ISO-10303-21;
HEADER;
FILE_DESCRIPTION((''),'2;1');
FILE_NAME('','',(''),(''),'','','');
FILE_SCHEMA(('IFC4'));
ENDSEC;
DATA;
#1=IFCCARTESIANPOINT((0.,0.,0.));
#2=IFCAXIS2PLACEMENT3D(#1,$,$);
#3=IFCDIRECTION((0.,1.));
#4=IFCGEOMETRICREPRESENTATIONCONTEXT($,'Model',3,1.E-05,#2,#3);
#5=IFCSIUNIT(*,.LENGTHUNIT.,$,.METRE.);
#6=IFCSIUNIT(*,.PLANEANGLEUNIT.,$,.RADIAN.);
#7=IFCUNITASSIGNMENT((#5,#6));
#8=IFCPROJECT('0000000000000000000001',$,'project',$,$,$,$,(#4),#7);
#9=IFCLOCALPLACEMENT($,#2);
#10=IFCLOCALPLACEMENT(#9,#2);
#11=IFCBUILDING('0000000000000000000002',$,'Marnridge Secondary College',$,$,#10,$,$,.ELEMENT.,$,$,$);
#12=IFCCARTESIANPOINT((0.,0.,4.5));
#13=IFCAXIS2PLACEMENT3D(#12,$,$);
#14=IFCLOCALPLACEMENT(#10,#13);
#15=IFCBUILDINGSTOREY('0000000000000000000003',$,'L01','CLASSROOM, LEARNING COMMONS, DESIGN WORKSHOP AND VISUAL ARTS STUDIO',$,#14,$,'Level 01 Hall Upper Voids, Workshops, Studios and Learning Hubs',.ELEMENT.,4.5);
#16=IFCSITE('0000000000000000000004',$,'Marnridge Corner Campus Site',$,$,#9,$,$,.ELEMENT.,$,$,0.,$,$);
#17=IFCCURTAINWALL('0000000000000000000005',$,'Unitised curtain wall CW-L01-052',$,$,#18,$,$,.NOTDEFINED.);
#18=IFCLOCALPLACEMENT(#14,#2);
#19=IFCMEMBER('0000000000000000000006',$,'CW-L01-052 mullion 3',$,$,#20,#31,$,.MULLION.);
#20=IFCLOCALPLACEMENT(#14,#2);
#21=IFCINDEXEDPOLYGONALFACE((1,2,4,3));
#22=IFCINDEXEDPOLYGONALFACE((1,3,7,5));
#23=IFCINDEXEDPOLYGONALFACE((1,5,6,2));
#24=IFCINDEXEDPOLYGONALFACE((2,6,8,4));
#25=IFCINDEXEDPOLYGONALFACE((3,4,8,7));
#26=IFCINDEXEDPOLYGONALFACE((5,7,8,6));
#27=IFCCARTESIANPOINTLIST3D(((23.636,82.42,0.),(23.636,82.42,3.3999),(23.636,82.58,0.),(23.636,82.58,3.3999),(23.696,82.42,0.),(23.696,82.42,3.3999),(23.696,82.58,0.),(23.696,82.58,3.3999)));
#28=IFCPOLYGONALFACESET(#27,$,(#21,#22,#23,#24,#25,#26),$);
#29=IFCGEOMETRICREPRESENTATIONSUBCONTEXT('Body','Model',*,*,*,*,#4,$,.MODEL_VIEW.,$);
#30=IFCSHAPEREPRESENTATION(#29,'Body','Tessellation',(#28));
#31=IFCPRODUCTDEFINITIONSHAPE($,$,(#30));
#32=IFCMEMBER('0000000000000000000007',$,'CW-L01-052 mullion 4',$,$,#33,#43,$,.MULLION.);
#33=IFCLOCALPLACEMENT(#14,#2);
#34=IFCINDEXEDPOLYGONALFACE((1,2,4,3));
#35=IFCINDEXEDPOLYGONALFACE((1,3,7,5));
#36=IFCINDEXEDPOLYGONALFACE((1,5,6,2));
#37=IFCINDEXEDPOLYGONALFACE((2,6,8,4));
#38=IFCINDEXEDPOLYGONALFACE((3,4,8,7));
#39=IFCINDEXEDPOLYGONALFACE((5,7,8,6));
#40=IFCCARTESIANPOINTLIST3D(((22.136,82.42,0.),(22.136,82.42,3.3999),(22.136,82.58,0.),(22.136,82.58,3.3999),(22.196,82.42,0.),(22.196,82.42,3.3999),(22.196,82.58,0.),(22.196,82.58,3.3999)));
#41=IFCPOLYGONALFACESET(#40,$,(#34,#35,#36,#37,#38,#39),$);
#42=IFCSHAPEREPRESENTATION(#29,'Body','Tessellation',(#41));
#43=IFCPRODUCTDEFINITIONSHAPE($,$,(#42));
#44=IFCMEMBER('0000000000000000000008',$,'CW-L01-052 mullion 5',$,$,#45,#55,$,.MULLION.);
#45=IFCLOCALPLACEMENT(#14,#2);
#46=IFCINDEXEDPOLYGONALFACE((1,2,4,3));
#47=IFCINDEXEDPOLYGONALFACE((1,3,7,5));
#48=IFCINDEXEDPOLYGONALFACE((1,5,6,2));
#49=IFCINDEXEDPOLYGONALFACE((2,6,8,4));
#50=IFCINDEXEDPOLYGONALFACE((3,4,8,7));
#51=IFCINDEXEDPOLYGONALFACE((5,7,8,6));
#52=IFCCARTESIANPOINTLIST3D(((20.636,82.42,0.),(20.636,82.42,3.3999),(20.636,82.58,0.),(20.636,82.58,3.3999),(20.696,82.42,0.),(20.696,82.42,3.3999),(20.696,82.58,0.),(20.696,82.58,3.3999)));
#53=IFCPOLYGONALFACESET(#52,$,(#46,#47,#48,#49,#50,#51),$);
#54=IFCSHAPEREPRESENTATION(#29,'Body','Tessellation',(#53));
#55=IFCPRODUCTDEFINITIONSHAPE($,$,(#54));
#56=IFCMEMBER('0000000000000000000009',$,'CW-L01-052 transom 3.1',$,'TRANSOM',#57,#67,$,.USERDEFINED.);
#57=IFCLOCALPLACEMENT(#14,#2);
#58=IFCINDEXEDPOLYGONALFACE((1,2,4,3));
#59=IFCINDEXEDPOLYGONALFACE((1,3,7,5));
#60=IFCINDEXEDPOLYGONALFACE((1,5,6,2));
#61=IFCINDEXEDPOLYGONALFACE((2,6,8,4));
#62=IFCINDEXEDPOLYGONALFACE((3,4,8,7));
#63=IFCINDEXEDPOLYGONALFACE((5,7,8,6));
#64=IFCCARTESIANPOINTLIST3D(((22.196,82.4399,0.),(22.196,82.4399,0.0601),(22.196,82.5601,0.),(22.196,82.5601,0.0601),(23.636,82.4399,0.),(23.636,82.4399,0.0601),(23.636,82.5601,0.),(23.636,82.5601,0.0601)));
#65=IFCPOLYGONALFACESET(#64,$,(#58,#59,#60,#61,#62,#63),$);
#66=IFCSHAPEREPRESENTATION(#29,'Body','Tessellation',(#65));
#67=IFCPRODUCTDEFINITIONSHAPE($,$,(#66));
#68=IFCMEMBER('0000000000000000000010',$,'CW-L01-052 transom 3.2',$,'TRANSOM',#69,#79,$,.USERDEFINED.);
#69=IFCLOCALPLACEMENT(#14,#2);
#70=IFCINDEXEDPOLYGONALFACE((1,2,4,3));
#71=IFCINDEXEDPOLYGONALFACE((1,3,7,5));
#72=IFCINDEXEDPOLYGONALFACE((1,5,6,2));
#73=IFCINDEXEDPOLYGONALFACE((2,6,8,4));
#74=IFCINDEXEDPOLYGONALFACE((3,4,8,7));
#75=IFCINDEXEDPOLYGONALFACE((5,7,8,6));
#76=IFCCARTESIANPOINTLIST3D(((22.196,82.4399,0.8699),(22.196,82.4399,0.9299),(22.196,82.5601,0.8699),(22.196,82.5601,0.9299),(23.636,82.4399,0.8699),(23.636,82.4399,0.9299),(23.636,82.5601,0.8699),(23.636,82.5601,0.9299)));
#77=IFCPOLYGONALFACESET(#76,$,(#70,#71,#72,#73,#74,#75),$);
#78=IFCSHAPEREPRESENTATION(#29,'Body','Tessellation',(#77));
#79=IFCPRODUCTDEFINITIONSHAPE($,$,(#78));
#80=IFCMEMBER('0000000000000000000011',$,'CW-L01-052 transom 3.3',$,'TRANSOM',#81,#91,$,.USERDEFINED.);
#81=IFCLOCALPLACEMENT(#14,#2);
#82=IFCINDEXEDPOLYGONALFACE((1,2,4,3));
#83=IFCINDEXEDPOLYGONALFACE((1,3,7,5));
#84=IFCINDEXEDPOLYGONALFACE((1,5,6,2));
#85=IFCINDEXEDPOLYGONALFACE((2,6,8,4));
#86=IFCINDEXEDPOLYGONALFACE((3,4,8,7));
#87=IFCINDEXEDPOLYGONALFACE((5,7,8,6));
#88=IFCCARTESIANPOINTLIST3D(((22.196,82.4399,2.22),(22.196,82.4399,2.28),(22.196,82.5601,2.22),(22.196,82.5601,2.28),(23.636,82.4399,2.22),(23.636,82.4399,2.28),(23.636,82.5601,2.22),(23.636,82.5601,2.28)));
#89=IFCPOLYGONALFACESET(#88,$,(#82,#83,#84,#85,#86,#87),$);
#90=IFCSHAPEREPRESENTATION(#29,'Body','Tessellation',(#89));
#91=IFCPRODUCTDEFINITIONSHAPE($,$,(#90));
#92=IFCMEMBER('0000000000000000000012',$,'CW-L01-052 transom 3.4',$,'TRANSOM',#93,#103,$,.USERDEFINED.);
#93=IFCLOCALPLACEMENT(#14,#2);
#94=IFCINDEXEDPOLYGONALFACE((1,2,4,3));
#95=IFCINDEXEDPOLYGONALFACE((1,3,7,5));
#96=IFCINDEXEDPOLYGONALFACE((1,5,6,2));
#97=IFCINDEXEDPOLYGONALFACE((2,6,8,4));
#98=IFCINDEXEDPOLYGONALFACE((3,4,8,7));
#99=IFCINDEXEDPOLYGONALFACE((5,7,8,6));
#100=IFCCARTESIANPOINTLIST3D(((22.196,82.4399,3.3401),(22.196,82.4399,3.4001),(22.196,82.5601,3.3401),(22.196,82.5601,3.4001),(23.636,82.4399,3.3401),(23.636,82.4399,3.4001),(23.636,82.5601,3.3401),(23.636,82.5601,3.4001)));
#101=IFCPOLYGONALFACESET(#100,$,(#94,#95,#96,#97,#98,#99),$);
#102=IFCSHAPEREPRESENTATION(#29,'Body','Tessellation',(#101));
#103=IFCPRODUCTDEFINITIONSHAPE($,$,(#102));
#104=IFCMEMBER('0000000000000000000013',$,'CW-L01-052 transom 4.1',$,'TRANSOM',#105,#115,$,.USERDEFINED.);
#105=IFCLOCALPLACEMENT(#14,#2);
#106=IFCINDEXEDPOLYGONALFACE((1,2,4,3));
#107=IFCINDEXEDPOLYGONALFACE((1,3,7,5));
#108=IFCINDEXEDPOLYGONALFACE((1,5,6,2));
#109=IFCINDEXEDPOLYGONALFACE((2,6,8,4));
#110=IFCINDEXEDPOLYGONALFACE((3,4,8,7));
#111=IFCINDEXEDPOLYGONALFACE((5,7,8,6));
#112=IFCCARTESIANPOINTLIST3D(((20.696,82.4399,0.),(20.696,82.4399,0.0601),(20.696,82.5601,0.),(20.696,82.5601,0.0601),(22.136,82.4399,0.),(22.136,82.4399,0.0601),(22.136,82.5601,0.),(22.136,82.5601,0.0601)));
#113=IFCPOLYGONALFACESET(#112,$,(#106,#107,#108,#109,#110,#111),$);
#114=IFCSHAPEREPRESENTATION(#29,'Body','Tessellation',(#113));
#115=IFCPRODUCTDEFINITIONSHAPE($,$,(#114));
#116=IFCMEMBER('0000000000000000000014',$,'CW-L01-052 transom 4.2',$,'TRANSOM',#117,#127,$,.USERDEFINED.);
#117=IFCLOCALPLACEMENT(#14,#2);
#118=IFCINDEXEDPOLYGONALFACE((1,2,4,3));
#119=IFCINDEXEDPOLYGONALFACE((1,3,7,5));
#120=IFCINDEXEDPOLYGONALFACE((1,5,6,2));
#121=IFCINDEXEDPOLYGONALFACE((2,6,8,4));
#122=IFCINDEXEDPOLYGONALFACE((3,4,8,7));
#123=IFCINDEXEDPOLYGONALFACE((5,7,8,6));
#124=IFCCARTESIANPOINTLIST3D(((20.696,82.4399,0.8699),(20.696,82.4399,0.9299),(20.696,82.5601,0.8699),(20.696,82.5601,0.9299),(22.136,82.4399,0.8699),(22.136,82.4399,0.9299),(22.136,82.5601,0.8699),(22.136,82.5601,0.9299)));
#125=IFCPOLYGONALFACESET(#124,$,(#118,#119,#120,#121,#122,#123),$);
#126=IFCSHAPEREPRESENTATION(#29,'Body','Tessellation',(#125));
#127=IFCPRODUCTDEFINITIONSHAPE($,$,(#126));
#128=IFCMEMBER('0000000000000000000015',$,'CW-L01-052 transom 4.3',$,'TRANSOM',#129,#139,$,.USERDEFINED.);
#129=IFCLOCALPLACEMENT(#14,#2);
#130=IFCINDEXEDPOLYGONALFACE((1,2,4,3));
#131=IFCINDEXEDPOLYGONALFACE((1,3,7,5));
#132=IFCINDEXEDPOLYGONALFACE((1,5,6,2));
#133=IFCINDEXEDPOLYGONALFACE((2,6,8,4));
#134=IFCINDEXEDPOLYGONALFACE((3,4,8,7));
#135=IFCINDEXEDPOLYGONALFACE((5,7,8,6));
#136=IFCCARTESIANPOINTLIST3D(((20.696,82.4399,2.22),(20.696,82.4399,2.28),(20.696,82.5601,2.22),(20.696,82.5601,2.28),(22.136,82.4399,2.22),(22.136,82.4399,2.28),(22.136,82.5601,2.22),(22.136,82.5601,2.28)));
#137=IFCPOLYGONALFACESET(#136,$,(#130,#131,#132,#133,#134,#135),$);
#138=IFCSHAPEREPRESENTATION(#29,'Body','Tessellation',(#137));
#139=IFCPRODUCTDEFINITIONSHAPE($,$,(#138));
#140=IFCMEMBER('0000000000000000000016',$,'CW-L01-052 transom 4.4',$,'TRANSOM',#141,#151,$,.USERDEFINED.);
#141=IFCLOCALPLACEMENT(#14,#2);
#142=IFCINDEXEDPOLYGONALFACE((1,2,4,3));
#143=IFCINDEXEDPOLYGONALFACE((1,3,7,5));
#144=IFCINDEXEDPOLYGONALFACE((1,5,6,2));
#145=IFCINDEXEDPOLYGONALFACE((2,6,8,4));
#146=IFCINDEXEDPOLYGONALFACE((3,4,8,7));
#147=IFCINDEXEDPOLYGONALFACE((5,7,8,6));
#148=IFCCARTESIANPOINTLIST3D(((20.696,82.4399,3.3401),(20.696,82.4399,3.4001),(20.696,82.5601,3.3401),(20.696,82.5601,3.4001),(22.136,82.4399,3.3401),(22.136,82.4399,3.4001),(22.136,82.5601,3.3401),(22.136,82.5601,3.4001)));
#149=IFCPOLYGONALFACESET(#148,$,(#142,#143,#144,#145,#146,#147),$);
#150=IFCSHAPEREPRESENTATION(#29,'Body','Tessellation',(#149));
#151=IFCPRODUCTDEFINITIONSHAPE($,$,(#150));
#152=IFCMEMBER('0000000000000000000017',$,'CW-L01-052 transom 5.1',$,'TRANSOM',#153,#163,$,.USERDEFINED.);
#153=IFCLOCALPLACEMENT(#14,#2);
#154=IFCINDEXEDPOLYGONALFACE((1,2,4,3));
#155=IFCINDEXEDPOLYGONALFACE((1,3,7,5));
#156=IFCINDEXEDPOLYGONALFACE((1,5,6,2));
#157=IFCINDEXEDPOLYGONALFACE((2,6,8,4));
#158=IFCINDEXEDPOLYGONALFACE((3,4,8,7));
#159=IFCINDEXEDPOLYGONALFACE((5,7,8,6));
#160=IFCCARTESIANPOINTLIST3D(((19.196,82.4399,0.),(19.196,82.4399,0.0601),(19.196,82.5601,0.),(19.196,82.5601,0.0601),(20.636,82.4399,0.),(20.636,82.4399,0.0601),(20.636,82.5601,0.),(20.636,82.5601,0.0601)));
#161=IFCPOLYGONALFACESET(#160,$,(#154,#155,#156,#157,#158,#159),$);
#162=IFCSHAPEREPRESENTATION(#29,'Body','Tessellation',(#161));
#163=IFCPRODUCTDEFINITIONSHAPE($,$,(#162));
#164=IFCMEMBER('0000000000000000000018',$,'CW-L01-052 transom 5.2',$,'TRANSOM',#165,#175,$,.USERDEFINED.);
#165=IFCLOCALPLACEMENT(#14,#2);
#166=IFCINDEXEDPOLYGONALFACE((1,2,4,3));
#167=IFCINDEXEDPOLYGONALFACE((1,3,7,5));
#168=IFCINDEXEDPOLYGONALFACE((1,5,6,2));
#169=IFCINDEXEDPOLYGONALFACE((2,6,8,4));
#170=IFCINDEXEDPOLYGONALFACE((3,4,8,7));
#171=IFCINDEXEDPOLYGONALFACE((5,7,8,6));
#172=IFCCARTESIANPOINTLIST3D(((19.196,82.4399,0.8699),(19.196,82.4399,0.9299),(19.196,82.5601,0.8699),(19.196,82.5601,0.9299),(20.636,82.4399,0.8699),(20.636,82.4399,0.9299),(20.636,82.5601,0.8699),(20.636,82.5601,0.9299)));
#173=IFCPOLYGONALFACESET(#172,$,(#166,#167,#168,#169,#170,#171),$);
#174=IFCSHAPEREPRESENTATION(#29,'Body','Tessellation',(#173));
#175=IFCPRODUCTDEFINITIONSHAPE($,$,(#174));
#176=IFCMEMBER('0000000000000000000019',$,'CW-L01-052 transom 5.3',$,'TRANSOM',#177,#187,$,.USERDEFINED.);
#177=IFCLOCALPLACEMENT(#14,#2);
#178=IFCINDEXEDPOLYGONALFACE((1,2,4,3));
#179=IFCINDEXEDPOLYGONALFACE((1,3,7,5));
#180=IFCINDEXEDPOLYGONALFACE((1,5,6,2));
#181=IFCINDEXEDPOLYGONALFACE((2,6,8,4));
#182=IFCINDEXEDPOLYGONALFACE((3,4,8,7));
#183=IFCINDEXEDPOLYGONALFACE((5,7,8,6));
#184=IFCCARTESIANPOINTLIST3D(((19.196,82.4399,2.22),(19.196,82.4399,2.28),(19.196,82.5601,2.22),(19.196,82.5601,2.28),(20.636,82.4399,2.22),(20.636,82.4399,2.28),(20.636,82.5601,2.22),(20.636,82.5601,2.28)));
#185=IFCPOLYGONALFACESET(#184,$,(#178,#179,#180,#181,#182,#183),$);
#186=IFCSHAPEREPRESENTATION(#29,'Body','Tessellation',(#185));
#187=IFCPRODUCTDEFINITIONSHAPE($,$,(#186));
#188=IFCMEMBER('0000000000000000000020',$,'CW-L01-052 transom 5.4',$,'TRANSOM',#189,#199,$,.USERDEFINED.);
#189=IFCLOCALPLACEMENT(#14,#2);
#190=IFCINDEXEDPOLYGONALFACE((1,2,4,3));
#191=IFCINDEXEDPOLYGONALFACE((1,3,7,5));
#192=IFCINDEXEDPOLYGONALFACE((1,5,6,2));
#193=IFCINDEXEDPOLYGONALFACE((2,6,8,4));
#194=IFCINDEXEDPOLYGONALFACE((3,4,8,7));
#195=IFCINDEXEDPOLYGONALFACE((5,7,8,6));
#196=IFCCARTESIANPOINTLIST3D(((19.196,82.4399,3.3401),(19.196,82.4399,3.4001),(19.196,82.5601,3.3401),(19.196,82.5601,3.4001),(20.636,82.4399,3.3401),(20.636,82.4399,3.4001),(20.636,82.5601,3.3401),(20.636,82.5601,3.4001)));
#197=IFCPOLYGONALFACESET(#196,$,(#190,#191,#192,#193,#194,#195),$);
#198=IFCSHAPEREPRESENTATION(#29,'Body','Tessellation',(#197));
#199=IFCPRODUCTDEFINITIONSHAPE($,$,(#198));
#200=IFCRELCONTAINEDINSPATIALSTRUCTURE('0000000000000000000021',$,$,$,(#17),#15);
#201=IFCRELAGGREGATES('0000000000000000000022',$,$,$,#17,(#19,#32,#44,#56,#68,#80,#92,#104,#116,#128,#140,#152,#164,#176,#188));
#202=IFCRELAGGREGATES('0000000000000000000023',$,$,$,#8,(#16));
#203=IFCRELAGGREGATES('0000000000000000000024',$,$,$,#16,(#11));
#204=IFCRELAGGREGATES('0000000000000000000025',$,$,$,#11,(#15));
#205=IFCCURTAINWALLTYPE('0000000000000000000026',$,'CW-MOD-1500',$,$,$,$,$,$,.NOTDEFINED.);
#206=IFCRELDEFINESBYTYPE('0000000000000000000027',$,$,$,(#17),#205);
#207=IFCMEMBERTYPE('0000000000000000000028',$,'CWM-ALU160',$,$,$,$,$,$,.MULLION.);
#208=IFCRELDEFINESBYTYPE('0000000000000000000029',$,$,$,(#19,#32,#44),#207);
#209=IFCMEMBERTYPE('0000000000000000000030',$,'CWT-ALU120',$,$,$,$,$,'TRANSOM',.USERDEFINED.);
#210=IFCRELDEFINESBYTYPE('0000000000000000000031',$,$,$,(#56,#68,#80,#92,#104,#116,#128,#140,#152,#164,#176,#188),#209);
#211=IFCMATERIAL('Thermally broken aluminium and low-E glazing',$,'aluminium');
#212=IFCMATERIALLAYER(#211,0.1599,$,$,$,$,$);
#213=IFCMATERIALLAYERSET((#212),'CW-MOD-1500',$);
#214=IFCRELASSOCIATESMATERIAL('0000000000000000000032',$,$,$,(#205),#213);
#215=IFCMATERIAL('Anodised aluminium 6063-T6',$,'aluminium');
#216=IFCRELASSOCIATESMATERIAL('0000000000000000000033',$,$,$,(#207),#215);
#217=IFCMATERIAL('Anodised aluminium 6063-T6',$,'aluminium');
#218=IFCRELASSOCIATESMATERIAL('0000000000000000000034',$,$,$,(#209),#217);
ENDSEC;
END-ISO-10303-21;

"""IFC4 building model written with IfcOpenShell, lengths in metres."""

from ifc_helpers import new_model, si_unit, direction, frame, origin, origin_2d, place, context, subcontext, project, spatial, rectangle, extrude, material, layer, layer_set, material_profile, profile_set, type_object, element, aggregate, save


model = new_model("IFC4")

# Units and contexts
model_context = context("Model", 3, precision=1e-05, world=origin(), true_north=direction((0.0, 1.0)))
body_context = subcontext(model_context, "Body", "Model", "MODEL_VIEW")
ifc_project = project(units=[si_unit("LENGTHUNIT", "METRE"), si_unit("PLANEANGLEUNIT", "RADIAN")], contexts=[model_context])

# Site, building, storey
site_placement = place(None, origin())
site = spatial("IfcSite", under=ifc_project, at=site_placement, Name="Marnridge Corner Campus Site", CompositionType="ELEMENT", RefElevation=0.0)
building_placement = place(site_placement, origin())
building = spatial("IfcBuilding", under=site, at=building_placement, Name="Marnridge Secondary College", CompositionType="ELEMENT")
storey_placement = place(building_placement, frame((0.0, 0.0, 4.5)))
storey = spatial("IfcBuildingStorey", under=building, at=storey_placement, Name="L01", Description="CLASSROOM, LEARNING COMMONS, DESIGN WORKSHOP AND VISUAL ARTS STUDIO", LongName="Level 01 Hall Upper Voids, Workshops, Studios and Learning Hubs", CompositionType="ELEMENT", Elevation=4.5)

# Curtain wall, members
ifc_material_1 = material(Name="Thermally broken aluminium and low-E glazing", Category="aluminium")
ifc_layer_1 = layer(ifc_material_1, 0.1599)
ifc_layer_set_1 = layer_set([ifc_layer_1], Name="CW-MOD-1500")
curtain_wall_type = type_object("IfcCurtainWallType", Name="CW-MOD-1500", PredefinedType="NOTDEFINED", material=ifc_layer_set_1)
curtain_wall_placement = place(storey_placement, origin())
curtain_wall = element("IfcCurtainWall", 1, at=curtain_wall_placement, inside=storey, type_object=curtain_wall_type, Name="Unitised curtain wall CW-L01-052", PredefinedType="NOTDEFINED")
ifc_material_2 = material(Name="Anodised aluminium 6063-T6", Category="aluminium")
ifc_material_profile_1 = material_profile(ifc_material_2, rectangle(XDim=0.0601, YDim=0.1599, at=origin_2d()), Name="ALU 60x160")
ifc_profile_set_1 = profile_set([ifc_material_profile_1], Name="Anodised aluminium 6063-T6")
member_type_1 = type_object("IfcMemberType", Name="CWM-ALU160", PredefinedType="MULLION", material=ifc_profile_set_1)
member_1_placement = place(storey_placement, frame((23.666, 82.5, 0.0), z_axis=(0.0, 0.0, 1.0), x_axis=(-1.0, 0.0, 0.0)))
member_1 = element("IfcMember", 2, at=member_1_placement, type_object=member_type_1, Name="CW-L01-052 mullion 3", PredefinedType="MULLION", context=body_context, shape_type="SweptSolid", body=[
    extrude(rectangle(XDim=0.0601, YDim=0.1599, at=origin_2d()), origin(), (0.0, 0.0, 1.0), 3.3999),
])
member_2_placement = place(storey_placement, frame((22.166, 82.5, 0.0), z_axis=(0.0, 0.0, 1.0), x_axis=(-1.0, 0.0, 0.0)))
member_2 = element("IfcMember", 3, at=member_2_placement, type_object=member_type_1, Name="CW-L01-052 mullion 4", PredefinedType="MULLION", context=body_context, shape_type="SweptSolid", body=[
    extrude(rectangle(XDim=0.0601, YDim=0.1599, at=origin_2d()), origin(), (0.0, 0.0, 1.0), 3.3999),
])
member_3_placement = place(storey_placement, frame((20.666, 82.5, 0.0), z_axis=(0.0, 0.0, 1.0), x_axis=(-1.0, 0.0, 0.0)))
member_3 = element("IfcMember", 4, at=member_3_placement, type_object=member_type_1, Name="CW-L01-052 mullion 5", PredefinedType="MULLION", context=body_context, shape_type="SweptSolid", body=[
    extrude(rectangle(XDim=0.0601, YDim=0.1599, at=origin_2d()), origin(), (0.0, 0.0, 1.0), 3.3999),
])
ifc_material_3 = material(Name="Anodised aluminium 6063-T6", Category="aluminium")
ifc_material_profile_2 = material_profile(ifc_material_3, rectangle(XDim=0.0601, YDim=0.1201, at=origin_2d()), Name="ALU 60x120")
ifc_profile_set_2 = profile_set([ifc_material_profile_2], Name="Anodised aluminium 6063-T6")
member_type_2 = type_object("IfcMemberType", Name="CWT-ALU120", ElementType="TRANSOM", PredefinedType="USERDEFINED", material=ifc_profile_set_2)
member_4_placement = place(storey_placement, frame((23.636, 82.5, 0.03), z_axis=(-1.0, 0.0, 0.0), x_axis=(0.0, 0.0, 1.0)))
member_4 = element("IfcMember", 5, at=member_4_placement, type_object=member_type_2, Name="CW-L01-052 transom 3.1", ObjectType="TRANSOM", PredefinedType="USERDEFINED", context=body_context, shape_type="SweptSolid", body=[
    extrude(rectangle(XDim=0.0601, YDim=0.1201, at=origin_2d()), origin(), (0.0, 0.0, 1.0), 1.4399),
])
member_5_placement = place(storey_placement, frame((23.636, 82.5, 0.8999), z_axis=(-1.0, 0.0, 0.0), x_axis=(0.0, 0.0, 1.0)))
member_5 = element("IfcMember", 6, at=member_5_placement, type_object=member_type_2, Name="CW-L01-052 transom 3.2", ObjectType="TRANSOM", PredefinedType="USERDEFINED", context=body_context, shape_type="SweptSolid", body=[
    extrude(rectangle(XDim=0.0601, YDim=0.1201, at=origin_2d()), origin(), (0.0, 0.0, 1.0), 1.4399),
])
member_6_placement = place(storey_placement, frame((23.636, 82.5, 2.25), z_axis=(-1.0, 0.0, 0.0), x_axis=(0.0, 0.0, 1.0)))
member_6 = element("IfcMember", 7, at=member_6_placement, type_object=member_type_2, Name="CW-L01-052 transom 3.3", ObjectType="TRANSOM", PredefinedType="USERDEFINED", context=body_context, shape_type="SweptSolid", body=[
    extrude(rectangle(XDim=0.0601, YDim=0.1201, at=origin_2d()), origin(), (0.0, 0.0, 1.0), 1.4399),
])
member_7_placement = place(storey_placement, frame((23.636, 82.5, 3.3701), z_axis=(-1.0, 0.0, 0.0), x_axis=(0.0, 0.0, 1.0)))
member_7 = element("IfcMember", 8, at=member_7_placement, type_object=member_type_2, Name="CW-L01-052 transom 3.4", ObjectType="TRANSOM", PredefinedType="USERDEFINED", context=body_context, shape_type="SweptSolid", body=[
    extrude(rectangle(XDim=0.0601, YDim=0.1201, at=origin_2d()), origin(), (0.0, 0.0, 1.0), 1.4399),
])
member_8_placement = place(storey_placement, frame((22.136, 82.5, 0.03), z_axis=(-1.0, 0.0, 0.0), x_axis=(0.0, 0.0, 1.0)))
member_8 = element("IfcMember", 9, at=member_8_placement, type_object=member_type_2, Name="CW-L01-052 transom 4.1", ObjectType="TRANSOM", PredefinedType="USERDEFINED", context=body_context, shape_type="SweptSolid", body=[
    extrude(rectangle(XDim=0.0601, YDim=0.1201, at=origin_2d()), origin(), (0.0, 0.0, 1.0), 1.4399),
])
member_9_placement = place(storey_placement, frame((22.136, 82.5, 0.8999), z_axis=(-1.0, 0.0, 0.0), x_axis=(0.0, 0.0, 1.0)))
member_9 = element("IfcMember", 10, at=member_9_placement, type_object=member_type_2, Name="CW-L01-052 transom 4.2", ObjectType="TRANSOM", PredefinedType="USERDEFINED", context=body_context, shape_type="SweptSolid", body=[
    extrude(rectangle(XDim=0.0601, YDim=0.1201, at=origin_2d()), origin(), (0.0, 0.0, 1.0), 1.4399),
])
member_10_placement = place(storey_placement, frame((22.136, 82.5, 2.25), z_axis=(-1.0, 0.0, 0.0), x_axis=(0.0, 0.0, 1.0)))
member_10 = element("IfcMember", 11, at=member_10_placement, type_object=member_type_2, Name="CW-L01-052 transom 4.3", ObjectType="TRANSOM", PredefinedType="USERDEFINED", context=body_context, shape_type="SweptSolid", body=[
    extrude(rectangle(XDim=0.0601, YDim=0.1201, at=origin_2d()), origin(), (0.0, 0.0, 1.0), 1.4399),
])
member_11_placement = place(storey_placement, frame((22.136, 82.5, 3.3701), z_axis=(-1.0, 0.0, 0.0), x_axis=(0.0, 0.0, 1.0)))
member_11 = element("IfcMember", 12, at=member_11_placement, type_object=member_type_2, Name="CW-L01-052 transom 4.4", ObjectType="TRANSOM", PredefinedType="USERDEFINED", context=body_context, shape_type="SweptSolid", body=[
    extrude(rectangle(XDim=0.0601, YDim=0.1201, at=origin_2d()), origin(), (0.0, 0.0, 1.0), 1.4399),
])
member_12_placement = place(storey_placement, frame((20.636, 82.5, 0.03), z_axis=(-1.0, 0.0, 0.0), x_axis=(0.0, 0.0, 1.0)))
member_12 = element("IfcMember", 13, at=member_12_placement, type_object=member_type_2, Name="CW-L01-052 transom 5.1", ObjectType="TRANSOM", PredefinedType="USERDEFINED", context=body_context, shape_type="SweptSolid", body=[
    extrude(rectangle(XDim=0.0601, YDim=0.1201, at=origin_2d()), origin(), (0.0, 0.0, 1.0), 1.4399),
])
member_13_placement = place(storey_placement, frame((20.636, 82.5, 0.8999), z_axis=(-1.0, 0.0, 0.0), x_axis=(0.0, 0.0, 1.0)))
member_13 = element("IfcMember", 14, at=member_13_placement, type_object=member_type_2, Name="CW-L01-052 transom 5.2", ObjectType="TRANSOM", PredefinedType="USERDEFINED", context=body_context, shape_type="SweptSolid", body=[
    extrude(rectangle(XDim=0.0601, YDim=0.1201, at=origin_2d()), origin(), (0.0, 0.0, 1.0), 1.4399),
])
member_14_placement = place(storey_placement, frame((20.636, 82.5, 2.25), z_axis=(-1.0, 0.0, 0.0), x_axis=(0.0, 0.0, 1.0)))
member_14 = element("IfcMember", 15, at=member_14_placement, type_object=member_type_2, Name="CW-L01-052 transom 5.3", ObjectType="TRANSOM", PredefinedType="USERDEFINED", context=body_context, shape_type="SweptSolid", body=[
    extrude(rectangle(XDim=0.0601, YDim=0.1201, at=origin_2d()), origin(), (0.0, 0.0, 1.0), 1.4399),
])
member_15_placement = place(storey_placement, frame((20.636, 82.5, 3.3701), z_axis=(-1.0, 0.0, 0.0), x_axis=(0.0, 0.0, 1.0)))
member_15 = element("IfcMember", 16, at=member_15_placement, type_object=member_type_2, Name="CW-L01-052 transom 5.4", ObjectType="TRANSOM", PredefinedType="USERDEFINED", context=body_context, shape_type="SweptSolid", body=[
    extrude(rectangle(XDim=0.0601, YDim=0.1201, at=origin_2d()), origin(), (0.0, 0.0, 1.0), 1.4399),
])
aggregate(curtain_wall, [member_1, member_2, member_3, member_4, member_5, member_6, member_7, member_8, member_9, member_10, member_11, member_12, member_13, member_14, member_15])

save(model, "model.ifc")
